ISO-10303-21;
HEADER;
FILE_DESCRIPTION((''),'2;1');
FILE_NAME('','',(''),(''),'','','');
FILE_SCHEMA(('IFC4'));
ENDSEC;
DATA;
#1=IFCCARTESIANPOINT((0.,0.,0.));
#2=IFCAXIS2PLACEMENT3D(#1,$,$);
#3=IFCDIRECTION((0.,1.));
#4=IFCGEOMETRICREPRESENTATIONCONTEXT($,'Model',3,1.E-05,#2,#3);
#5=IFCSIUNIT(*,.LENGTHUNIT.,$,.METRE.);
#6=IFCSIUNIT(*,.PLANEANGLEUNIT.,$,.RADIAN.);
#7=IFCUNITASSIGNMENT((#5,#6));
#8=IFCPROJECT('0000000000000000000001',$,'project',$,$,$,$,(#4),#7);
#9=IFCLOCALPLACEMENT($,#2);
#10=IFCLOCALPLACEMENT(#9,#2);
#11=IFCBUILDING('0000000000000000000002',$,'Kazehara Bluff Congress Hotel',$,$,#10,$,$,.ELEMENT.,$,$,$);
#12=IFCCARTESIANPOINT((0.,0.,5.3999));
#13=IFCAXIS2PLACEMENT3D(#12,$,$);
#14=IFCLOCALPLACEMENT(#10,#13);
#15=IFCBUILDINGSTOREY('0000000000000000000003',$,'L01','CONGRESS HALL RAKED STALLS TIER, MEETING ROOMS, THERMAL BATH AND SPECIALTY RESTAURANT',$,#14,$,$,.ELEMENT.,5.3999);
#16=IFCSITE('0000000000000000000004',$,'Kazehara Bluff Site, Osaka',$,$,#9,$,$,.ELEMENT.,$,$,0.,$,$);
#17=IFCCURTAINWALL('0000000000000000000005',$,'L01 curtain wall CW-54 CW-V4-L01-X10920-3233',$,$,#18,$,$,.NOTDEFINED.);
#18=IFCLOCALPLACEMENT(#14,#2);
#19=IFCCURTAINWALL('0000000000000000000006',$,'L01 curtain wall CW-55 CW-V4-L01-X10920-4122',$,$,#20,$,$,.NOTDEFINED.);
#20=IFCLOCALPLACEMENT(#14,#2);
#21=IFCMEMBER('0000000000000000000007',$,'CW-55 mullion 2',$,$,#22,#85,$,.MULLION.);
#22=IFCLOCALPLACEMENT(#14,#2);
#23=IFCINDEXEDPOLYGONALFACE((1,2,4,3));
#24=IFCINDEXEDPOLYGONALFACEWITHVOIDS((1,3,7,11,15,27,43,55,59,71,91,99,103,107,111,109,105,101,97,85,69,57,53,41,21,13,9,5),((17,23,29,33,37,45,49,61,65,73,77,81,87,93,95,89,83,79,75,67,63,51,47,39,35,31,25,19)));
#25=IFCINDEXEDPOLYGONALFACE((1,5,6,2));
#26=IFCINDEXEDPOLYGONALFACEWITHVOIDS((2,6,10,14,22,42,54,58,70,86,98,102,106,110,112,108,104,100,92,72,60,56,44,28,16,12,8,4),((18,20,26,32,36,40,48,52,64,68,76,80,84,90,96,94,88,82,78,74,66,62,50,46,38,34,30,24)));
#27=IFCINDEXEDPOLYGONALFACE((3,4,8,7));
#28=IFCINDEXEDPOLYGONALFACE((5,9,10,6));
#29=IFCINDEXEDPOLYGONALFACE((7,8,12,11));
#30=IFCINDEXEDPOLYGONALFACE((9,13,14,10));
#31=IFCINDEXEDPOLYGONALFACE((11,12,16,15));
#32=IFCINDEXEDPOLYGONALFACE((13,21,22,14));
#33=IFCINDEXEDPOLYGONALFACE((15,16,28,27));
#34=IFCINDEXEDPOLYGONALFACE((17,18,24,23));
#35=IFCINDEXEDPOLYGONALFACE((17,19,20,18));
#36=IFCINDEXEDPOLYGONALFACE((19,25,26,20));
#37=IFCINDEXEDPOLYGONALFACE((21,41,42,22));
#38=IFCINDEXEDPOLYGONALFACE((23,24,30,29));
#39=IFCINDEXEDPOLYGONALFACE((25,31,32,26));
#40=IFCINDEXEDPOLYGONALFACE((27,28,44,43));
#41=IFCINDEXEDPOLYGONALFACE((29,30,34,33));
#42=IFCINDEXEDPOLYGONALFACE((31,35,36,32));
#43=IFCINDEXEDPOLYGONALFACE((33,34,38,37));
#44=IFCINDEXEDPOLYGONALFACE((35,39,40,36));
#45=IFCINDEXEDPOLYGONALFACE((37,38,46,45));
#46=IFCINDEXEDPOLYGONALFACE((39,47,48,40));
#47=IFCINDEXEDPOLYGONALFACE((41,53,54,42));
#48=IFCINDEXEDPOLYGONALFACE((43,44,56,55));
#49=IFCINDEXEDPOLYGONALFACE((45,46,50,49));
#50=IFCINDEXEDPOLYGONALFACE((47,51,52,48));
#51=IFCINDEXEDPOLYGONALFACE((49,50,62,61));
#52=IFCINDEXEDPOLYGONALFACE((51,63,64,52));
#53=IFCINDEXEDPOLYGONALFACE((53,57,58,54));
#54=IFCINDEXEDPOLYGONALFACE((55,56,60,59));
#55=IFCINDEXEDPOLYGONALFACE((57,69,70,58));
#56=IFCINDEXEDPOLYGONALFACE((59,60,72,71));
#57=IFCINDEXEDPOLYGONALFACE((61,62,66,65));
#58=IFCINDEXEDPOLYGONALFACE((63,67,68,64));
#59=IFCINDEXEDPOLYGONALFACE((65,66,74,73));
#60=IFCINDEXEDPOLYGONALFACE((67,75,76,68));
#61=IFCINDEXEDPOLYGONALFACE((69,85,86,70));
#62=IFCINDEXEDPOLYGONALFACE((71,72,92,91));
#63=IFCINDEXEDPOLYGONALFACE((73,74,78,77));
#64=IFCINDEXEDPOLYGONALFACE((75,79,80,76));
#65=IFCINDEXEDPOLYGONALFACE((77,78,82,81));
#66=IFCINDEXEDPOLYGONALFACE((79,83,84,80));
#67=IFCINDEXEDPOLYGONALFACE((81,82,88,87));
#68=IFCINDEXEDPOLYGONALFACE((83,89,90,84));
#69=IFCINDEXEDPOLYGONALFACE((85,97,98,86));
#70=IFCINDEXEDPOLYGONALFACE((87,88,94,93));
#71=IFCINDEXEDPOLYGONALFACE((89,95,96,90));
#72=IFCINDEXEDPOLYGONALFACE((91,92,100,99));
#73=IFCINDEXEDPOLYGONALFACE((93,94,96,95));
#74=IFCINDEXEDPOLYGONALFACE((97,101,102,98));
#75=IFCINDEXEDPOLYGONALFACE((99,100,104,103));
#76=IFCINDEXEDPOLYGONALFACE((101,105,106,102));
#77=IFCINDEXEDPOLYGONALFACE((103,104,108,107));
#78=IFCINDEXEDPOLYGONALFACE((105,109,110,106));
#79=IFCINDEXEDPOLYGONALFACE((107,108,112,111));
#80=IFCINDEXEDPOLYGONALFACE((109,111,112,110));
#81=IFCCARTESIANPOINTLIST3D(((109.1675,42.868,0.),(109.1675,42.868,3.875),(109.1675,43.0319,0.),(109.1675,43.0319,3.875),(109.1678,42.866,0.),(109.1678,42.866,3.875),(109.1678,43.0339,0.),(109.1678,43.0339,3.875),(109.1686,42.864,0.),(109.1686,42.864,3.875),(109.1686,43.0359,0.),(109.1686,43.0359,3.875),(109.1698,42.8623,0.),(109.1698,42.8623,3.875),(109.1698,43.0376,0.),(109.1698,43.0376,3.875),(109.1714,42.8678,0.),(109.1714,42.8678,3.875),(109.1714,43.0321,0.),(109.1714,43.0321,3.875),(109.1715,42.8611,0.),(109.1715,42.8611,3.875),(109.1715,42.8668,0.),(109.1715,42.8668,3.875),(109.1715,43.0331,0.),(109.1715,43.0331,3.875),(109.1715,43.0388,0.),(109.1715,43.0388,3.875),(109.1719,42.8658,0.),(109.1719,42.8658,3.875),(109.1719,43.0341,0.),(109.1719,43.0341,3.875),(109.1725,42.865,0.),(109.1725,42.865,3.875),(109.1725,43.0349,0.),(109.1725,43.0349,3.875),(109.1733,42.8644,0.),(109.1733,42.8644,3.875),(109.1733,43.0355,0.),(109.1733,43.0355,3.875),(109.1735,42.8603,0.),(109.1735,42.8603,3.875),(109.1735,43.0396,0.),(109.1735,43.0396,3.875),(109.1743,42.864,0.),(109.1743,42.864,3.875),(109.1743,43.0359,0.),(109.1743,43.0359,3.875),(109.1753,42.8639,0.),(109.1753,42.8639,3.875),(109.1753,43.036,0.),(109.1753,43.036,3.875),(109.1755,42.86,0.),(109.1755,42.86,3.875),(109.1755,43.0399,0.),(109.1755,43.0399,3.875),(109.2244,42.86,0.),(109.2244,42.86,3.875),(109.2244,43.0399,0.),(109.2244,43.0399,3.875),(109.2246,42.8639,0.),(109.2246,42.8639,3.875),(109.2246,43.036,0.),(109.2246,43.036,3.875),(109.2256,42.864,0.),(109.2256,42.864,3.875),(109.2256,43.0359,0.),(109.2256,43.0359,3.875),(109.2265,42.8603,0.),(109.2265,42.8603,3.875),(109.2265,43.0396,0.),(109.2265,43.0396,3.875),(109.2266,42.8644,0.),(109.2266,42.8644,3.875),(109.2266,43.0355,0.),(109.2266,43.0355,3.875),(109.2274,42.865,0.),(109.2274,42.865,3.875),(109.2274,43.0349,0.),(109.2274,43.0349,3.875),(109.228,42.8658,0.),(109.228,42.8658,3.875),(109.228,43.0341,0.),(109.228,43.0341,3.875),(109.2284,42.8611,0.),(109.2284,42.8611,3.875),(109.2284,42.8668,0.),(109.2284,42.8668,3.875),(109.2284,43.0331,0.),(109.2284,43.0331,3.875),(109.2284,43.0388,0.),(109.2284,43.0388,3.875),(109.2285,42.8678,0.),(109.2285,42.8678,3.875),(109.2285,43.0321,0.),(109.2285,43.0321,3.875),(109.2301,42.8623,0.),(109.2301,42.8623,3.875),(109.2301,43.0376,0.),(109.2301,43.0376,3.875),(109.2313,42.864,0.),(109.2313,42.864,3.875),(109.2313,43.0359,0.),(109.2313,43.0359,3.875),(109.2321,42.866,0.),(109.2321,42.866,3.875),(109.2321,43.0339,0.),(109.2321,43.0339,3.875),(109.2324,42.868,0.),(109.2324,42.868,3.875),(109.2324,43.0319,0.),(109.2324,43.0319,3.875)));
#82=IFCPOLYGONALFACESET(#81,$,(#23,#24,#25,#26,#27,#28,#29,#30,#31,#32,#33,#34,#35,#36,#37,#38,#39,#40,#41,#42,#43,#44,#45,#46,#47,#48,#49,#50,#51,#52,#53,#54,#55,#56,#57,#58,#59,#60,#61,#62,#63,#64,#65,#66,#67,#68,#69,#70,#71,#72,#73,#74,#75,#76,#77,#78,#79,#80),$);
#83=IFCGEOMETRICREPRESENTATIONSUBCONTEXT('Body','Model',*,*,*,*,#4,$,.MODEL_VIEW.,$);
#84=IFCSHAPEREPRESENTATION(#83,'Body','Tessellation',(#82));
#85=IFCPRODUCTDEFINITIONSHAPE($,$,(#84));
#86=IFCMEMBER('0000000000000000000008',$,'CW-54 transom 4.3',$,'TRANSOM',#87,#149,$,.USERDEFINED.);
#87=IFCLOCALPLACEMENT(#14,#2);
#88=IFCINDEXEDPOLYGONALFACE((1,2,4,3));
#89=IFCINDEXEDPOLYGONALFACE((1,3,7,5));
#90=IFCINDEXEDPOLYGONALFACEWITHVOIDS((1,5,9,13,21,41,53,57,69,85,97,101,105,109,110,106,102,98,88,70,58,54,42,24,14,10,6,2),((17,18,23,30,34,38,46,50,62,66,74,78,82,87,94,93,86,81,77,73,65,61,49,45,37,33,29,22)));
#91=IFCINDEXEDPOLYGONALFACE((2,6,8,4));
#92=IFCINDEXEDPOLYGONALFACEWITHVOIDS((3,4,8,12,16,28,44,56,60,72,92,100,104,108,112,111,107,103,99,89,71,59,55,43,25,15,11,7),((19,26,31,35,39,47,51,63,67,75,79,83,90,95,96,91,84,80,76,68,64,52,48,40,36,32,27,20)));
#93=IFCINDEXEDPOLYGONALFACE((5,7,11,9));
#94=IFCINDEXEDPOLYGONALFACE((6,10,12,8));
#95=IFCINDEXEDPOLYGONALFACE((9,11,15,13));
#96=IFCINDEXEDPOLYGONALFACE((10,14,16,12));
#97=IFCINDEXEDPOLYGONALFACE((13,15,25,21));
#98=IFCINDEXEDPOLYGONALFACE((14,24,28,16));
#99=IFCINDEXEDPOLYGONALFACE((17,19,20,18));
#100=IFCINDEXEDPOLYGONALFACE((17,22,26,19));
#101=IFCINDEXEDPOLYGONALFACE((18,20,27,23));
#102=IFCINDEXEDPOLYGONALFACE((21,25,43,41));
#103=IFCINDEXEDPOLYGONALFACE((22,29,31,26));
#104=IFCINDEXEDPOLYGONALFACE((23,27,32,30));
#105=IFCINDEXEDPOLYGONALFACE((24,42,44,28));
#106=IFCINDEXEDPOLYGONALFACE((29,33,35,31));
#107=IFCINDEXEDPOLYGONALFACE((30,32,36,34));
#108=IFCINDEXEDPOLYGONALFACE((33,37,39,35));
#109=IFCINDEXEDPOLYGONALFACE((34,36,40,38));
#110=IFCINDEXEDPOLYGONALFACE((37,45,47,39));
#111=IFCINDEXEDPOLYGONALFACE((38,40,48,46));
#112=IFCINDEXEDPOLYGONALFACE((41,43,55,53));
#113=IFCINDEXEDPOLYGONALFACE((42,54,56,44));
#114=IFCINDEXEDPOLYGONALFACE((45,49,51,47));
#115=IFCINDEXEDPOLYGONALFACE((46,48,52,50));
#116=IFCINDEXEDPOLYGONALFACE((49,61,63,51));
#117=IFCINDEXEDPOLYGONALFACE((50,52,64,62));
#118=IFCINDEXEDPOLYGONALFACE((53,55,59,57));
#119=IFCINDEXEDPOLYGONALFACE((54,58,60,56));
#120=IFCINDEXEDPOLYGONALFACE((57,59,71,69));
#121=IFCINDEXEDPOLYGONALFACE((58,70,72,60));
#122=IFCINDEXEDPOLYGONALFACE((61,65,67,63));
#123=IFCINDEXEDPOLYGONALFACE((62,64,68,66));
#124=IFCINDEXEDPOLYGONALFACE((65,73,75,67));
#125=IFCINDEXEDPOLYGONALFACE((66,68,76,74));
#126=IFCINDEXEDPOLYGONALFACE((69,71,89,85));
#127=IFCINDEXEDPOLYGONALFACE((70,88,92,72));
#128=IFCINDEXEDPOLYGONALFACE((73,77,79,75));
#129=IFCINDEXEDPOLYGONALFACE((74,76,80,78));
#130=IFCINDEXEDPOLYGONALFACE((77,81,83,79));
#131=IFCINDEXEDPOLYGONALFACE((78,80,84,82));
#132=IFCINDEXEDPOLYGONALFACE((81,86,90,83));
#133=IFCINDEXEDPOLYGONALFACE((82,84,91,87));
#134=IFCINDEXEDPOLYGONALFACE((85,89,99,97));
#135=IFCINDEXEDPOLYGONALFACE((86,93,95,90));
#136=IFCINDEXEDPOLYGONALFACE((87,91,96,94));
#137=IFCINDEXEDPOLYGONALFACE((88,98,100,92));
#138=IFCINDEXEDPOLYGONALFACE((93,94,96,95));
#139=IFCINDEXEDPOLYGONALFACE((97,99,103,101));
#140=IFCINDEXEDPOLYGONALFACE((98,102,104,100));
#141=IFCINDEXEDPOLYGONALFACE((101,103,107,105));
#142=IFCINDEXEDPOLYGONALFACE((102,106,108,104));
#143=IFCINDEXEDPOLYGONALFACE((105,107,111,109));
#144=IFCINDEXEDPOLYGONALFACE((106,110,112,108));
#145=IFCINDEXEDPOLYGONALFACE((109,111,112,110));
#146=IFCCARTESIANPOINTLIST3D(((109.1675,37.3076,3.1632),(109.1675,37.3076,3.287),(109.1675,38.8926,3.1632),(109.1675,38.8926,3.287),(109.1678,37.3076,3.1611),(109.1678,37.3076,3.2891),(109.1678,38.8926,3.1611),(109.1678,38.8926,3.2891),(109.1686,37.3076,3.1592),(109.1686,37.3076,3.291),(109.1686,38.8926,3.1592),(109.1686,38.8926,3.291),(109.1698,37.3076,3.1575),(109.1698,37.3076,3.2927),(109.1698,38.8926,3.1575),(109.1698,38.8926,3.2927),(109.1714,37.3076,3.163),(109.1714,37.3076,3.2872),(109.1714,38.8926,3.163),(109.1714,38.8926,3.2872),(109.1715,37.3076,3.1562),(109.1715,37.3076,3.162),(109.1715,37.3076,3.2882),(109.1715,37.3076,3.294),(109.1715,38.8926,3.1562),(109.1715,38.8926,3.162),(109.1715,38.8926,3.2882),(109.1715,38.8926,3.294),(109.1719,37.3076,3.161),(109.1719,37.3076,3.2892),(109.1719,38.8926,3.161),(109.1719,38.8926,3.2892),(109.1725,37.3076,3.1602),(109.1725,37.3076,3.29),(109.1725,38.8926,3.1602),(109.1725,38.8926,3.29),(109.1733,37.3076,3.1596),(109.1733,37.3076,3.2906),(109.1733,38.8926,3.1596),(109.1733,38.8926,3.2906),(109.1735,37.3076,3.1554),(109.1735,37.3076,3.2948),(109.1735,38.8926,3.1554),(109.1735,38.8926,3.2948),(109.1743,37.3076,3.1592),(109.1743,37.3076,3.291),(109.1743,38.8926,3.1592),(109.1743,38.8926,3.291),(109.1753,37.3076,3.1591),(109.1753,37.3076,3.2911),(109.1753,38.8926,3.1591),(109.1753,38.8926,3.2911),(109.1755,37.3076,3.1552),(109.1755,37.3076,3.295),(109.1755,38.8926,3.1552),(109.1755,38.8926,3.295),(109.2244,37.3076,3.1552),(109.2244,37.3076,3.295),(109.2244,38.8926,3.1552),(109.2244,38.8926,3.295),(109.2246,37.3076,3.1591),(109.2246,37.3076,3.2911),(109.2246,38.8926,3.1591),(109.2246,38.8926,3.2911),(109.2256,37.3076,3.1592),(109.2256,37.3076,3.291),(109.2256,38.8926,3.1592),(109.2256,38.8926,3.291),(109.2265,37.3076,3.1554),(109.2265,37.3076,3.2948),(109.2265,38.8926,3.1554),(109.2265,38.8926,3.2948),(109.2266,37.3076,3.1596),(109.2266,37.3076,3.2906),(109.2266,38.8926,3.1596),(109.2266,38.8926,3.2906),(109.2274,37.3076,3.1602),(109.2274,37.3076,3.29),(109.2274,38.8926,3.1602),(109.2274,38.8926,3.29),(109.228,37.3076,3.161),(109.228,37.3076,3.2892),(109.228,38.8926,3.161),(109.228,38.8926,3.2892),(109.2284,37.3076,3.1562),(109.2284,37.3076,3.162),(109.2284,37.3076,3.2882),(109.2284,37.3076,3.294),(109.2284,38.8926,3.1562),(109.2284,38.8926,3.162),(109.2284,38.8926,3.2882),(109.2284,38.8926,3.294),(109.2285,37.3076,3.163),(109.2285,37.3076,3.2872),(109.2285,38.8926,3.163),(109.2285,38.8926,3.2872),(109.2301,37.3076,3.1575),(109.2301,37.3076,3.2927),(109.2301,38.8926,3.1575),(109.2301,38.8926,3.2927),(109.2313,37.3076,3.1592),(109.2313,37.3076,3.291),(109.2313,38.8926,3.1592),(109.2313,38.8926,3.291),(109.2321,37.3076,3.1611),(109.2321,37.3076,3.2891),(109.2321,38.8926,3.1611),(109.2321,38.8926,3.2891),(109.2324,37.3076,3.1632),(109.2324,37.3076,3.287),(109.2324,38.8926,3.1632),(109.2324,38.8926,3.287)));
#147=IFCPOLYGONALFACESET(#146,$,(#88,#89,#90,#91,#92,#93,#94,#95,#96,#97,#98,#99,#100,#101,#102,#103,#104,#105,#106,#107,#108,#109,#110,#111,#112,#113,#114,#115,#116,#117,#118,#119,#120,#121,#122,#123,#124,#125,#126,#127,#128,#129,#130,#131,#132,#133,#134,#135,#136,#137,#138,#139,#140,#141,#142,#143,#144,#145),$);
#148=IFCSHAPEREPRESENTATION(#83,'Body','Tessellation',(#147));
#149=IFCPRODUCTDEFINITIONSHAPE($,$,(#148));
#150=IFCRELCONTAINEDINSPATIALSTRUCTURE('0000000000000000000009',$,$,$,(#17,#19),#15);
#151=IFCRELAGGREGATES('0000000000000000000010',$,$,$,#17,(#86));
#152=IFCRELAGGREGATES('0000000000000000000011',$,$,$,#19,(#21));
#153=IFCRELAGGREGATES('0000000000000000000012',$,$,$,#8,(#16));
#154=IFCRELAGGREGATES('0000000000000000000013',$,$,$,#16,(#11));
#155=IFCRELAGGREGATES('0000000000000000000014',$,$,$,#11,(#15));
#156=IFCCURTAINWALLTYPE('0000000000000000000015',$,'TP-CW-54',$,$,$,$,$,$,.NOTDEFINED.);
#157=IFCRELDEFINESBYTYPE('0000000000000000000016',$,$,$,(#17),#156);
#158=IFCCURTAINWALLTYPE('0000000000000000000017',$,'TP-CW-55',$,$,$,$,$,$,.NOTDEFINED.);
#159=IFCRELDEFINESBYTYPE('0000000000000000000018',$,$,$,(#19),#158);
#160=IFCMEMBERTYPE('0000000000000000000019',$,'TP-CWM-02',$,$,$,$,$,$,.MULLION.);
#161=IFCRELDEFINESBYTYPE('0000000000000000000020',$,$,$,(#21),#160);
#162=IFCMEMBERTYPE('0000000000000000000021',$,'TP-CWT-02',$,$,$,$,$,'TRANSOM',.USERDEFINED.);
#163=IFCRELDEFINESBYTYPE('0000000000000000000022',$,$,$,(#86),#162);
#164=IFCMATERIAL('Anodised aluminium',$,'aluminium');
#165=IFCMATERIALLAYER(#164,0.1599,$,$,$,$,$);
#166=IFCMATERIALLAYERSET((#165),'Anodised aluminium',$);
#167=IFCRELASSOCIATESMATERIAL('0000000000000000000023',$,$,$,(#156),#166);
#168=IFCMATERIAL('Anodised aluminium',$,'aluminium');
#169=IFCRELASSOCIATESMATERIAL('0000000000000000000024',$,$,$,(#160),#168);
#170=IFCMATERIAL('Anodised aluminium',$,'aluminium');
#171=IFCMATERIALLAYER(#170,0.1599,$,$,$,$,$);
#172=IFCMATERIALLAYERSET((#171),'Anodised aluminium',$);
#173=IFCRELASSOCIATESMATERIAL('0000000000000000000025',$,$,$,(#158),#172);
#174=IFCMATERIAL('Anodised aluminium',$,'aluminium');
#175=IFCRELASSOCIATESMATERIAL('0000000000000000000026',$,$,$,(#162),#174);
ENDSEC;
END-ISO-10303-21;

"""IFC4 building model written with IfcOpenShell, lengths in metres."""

from ifc_helpers import new_model, si_unit, direction, frame, origin, origin_2d, place, context, subcontext, project, spatial, hollow_rectangle, extrude, material, layer, layer_set, material_profile, profile_set, type_object, element, aggregate, save


model = new_model("IFC4")

# Units and contexts
model_context = context("Model", 3, precision=1e-05, world=origin(), true_north=direction((0.0, 1.0)))
body_context = subcontext(model_context, "Body", "Model", "MODEL_VIEW")
ifc_project = project(units=[si_unit("LENGTHUNIT", "METRE"), si_unit("PLANEANGLEUNIT", "RADIAN")], contexts=[model_context])

# Site, building, storey
site_placement = place(None, origin())
site = spatial("IfcSite", under=ifc_project, at=site_placement, Name="Kazehara Bluff Site, Osaka", CompositionType="ELEMENT", RefElevation=0.0)
building_placement = place(site_placement, origin())
building = spatial("IfcBuilding", under=site, at=building_placement, Name="Kazehara Bluff Congress Hotel", CompositionType="ELEMENT")
storey_placement = place(building_placement, frame((0.0, 0.0, 5.3999)))
storey = spatial("IfcBuildingStorey", under=building, at=storey_placement, Name="L01", Description="CONGRESS HALL RAKED STALLS TIER, MEETING ROOMS, THERMAL BATH AND SPECIALTY RESTAURANT", CompositionType="ELEMENT", Elevation=5.3999)

# Curtain walls, member
ifc_material_1 = material(Name="Anodised aluminium", Category="aluminium")
ifc_layer_1 = layer(ifc_material_1, 0.1599)
ifc_layer_set_1 = layer_set([ifc_layer_1], Name="Anodised aluminium")
curtain_wall_type_1 = type_object("IfcCurtainWallType", Name="TP-CW-54", PredefinedType="NOTDEFINED", material=ifc_layer_set_1)
curtain_wall_1_placement = place(storey_placement, origin())
curtain_wall_1 = element("IfcCurtainWall", 1, at=curtain_wall_1_placement, inside=storey, type_object=curtain_wall_type_1, Name="L01 curtain wall CW-54 CW-V4-L01-X10920-3233", PredefinedType="NOTDEFINED")
ifc_material_2 = material(Name="Anodised aluminium", Category="aluminium")
ifc_material_profile_1 = material_profile(ifc_material_2, hollow_rectangle(XDim=0.0649, YDim=0.1799, WallThickness=0.0039, InnerFilletRadius=0.0039, OuterFilletRadius=0.0081, at=origin_2d()))
ifc_profile_set_1 = profile_set([ifc_material_profile_1], Name="Anodised aluminium")
member_type_1 = type_object("IfcMemberType", Name="TP-CWM-02", PredefinedType="MULLION", material=ifc_profile_set_1)
ifc_material_3 = material(Name="Anodised aluminium", Category="aluminium")
ifc_layer_2 = layer(ifc_material_3, 0.1599)
ifc_layer_set_2 = layer_set([ifc_layer_2], Name="Anodised aluminium")
curtain_wall_type_2 = type_object("IfcCurtainWallType", Name="TP-CW-55", PredefinedType="NOTDEFINED", material=ifc_layer_set_2)
curtain_wall_2_placement = place(storey_placement, origin())
curtain_wall_2 = element("IfcCurtainWall", 2, at=curtain_wall_2_placement, inside=storey, type_object=curtain_wall_type_2, Name="L01 curtain wall CW-55 CW-V4-L01-X10920-4122", PredefinedType="NOTDEFINED")
member_1_placement = place(storey_placement, frame((109.2, 42.95, 0.0), z_axis=(0.0, 0.0, 1.0), x_axis=(-1.0, 0.0, 0.0)))
member_1 = element("IfcMember", 3, at=member_1_placement, type_object=member_type_1, Name="CW-55 mullion 2", PredefinedType="MULLION", context=body_context, shape_type="SweptSolid", body=[
    extrude(hollow_rectangle(XDim=0.0649, YDim=0.1799, WallThickness=0.0039, InnerFilletRadius=0.0039, OuterFilletRadius=0.0081, at=origin_2d()), origin(), (0.0, 0.0, 1.0), 3.875),
])

# Member
ifc_material_4 = material(Name="Anodised aluminium", Category="aluminium")
ifc_material_profile_2 = material_profile(ifc_material_4, hollow_rectangle(XDim=0.0649, YDim=0.1399, WallThickness=0.0039, InnerFilletRadius=0.0039, OuterFilletRadius=0.0081, at=origin_2d()))
ifc_profile_set_2 = profile_set([ifc_material_profile_2], Name="Anodised aluminium")
member_type_2 = type_object("IfcMemberType", Name="TP-CWT-02", ElementType="TRANSOM", PredefinedType="USERDEFINED", material=ifc_profile_set_2)
member_2_placement = place(storey_placement, frame((109.2, 37.3076, 3.2251), z_axis=(0.0, 1.0, 0.0), x_axis=(-1.0, 0.0, 0.0)))
member_2 = element("IfcMember", 4, at=member_2_placement, type_object=member_type_2, Name="CW-54 transom 4.3", ObjectType="TRANSOM", PredefinedType="USERDEFINED", context=body_context, shape_type="SweptSolid", body=[
    extrude(hollow_rectangle(XDim=0.0649, YDim=0.1399, WallThickness=0.0039, InnerFilletRadius=0.0039, OuterFilletRadius=0.0081, at=origin_2d()), origin(), (0.0, 0.0, 1.0), 1.585),
])

aggregate(curtain_wall_1, [member_2])
aggregate(curtain_wall_2, [member_1])

save(model, "model.ifc")
